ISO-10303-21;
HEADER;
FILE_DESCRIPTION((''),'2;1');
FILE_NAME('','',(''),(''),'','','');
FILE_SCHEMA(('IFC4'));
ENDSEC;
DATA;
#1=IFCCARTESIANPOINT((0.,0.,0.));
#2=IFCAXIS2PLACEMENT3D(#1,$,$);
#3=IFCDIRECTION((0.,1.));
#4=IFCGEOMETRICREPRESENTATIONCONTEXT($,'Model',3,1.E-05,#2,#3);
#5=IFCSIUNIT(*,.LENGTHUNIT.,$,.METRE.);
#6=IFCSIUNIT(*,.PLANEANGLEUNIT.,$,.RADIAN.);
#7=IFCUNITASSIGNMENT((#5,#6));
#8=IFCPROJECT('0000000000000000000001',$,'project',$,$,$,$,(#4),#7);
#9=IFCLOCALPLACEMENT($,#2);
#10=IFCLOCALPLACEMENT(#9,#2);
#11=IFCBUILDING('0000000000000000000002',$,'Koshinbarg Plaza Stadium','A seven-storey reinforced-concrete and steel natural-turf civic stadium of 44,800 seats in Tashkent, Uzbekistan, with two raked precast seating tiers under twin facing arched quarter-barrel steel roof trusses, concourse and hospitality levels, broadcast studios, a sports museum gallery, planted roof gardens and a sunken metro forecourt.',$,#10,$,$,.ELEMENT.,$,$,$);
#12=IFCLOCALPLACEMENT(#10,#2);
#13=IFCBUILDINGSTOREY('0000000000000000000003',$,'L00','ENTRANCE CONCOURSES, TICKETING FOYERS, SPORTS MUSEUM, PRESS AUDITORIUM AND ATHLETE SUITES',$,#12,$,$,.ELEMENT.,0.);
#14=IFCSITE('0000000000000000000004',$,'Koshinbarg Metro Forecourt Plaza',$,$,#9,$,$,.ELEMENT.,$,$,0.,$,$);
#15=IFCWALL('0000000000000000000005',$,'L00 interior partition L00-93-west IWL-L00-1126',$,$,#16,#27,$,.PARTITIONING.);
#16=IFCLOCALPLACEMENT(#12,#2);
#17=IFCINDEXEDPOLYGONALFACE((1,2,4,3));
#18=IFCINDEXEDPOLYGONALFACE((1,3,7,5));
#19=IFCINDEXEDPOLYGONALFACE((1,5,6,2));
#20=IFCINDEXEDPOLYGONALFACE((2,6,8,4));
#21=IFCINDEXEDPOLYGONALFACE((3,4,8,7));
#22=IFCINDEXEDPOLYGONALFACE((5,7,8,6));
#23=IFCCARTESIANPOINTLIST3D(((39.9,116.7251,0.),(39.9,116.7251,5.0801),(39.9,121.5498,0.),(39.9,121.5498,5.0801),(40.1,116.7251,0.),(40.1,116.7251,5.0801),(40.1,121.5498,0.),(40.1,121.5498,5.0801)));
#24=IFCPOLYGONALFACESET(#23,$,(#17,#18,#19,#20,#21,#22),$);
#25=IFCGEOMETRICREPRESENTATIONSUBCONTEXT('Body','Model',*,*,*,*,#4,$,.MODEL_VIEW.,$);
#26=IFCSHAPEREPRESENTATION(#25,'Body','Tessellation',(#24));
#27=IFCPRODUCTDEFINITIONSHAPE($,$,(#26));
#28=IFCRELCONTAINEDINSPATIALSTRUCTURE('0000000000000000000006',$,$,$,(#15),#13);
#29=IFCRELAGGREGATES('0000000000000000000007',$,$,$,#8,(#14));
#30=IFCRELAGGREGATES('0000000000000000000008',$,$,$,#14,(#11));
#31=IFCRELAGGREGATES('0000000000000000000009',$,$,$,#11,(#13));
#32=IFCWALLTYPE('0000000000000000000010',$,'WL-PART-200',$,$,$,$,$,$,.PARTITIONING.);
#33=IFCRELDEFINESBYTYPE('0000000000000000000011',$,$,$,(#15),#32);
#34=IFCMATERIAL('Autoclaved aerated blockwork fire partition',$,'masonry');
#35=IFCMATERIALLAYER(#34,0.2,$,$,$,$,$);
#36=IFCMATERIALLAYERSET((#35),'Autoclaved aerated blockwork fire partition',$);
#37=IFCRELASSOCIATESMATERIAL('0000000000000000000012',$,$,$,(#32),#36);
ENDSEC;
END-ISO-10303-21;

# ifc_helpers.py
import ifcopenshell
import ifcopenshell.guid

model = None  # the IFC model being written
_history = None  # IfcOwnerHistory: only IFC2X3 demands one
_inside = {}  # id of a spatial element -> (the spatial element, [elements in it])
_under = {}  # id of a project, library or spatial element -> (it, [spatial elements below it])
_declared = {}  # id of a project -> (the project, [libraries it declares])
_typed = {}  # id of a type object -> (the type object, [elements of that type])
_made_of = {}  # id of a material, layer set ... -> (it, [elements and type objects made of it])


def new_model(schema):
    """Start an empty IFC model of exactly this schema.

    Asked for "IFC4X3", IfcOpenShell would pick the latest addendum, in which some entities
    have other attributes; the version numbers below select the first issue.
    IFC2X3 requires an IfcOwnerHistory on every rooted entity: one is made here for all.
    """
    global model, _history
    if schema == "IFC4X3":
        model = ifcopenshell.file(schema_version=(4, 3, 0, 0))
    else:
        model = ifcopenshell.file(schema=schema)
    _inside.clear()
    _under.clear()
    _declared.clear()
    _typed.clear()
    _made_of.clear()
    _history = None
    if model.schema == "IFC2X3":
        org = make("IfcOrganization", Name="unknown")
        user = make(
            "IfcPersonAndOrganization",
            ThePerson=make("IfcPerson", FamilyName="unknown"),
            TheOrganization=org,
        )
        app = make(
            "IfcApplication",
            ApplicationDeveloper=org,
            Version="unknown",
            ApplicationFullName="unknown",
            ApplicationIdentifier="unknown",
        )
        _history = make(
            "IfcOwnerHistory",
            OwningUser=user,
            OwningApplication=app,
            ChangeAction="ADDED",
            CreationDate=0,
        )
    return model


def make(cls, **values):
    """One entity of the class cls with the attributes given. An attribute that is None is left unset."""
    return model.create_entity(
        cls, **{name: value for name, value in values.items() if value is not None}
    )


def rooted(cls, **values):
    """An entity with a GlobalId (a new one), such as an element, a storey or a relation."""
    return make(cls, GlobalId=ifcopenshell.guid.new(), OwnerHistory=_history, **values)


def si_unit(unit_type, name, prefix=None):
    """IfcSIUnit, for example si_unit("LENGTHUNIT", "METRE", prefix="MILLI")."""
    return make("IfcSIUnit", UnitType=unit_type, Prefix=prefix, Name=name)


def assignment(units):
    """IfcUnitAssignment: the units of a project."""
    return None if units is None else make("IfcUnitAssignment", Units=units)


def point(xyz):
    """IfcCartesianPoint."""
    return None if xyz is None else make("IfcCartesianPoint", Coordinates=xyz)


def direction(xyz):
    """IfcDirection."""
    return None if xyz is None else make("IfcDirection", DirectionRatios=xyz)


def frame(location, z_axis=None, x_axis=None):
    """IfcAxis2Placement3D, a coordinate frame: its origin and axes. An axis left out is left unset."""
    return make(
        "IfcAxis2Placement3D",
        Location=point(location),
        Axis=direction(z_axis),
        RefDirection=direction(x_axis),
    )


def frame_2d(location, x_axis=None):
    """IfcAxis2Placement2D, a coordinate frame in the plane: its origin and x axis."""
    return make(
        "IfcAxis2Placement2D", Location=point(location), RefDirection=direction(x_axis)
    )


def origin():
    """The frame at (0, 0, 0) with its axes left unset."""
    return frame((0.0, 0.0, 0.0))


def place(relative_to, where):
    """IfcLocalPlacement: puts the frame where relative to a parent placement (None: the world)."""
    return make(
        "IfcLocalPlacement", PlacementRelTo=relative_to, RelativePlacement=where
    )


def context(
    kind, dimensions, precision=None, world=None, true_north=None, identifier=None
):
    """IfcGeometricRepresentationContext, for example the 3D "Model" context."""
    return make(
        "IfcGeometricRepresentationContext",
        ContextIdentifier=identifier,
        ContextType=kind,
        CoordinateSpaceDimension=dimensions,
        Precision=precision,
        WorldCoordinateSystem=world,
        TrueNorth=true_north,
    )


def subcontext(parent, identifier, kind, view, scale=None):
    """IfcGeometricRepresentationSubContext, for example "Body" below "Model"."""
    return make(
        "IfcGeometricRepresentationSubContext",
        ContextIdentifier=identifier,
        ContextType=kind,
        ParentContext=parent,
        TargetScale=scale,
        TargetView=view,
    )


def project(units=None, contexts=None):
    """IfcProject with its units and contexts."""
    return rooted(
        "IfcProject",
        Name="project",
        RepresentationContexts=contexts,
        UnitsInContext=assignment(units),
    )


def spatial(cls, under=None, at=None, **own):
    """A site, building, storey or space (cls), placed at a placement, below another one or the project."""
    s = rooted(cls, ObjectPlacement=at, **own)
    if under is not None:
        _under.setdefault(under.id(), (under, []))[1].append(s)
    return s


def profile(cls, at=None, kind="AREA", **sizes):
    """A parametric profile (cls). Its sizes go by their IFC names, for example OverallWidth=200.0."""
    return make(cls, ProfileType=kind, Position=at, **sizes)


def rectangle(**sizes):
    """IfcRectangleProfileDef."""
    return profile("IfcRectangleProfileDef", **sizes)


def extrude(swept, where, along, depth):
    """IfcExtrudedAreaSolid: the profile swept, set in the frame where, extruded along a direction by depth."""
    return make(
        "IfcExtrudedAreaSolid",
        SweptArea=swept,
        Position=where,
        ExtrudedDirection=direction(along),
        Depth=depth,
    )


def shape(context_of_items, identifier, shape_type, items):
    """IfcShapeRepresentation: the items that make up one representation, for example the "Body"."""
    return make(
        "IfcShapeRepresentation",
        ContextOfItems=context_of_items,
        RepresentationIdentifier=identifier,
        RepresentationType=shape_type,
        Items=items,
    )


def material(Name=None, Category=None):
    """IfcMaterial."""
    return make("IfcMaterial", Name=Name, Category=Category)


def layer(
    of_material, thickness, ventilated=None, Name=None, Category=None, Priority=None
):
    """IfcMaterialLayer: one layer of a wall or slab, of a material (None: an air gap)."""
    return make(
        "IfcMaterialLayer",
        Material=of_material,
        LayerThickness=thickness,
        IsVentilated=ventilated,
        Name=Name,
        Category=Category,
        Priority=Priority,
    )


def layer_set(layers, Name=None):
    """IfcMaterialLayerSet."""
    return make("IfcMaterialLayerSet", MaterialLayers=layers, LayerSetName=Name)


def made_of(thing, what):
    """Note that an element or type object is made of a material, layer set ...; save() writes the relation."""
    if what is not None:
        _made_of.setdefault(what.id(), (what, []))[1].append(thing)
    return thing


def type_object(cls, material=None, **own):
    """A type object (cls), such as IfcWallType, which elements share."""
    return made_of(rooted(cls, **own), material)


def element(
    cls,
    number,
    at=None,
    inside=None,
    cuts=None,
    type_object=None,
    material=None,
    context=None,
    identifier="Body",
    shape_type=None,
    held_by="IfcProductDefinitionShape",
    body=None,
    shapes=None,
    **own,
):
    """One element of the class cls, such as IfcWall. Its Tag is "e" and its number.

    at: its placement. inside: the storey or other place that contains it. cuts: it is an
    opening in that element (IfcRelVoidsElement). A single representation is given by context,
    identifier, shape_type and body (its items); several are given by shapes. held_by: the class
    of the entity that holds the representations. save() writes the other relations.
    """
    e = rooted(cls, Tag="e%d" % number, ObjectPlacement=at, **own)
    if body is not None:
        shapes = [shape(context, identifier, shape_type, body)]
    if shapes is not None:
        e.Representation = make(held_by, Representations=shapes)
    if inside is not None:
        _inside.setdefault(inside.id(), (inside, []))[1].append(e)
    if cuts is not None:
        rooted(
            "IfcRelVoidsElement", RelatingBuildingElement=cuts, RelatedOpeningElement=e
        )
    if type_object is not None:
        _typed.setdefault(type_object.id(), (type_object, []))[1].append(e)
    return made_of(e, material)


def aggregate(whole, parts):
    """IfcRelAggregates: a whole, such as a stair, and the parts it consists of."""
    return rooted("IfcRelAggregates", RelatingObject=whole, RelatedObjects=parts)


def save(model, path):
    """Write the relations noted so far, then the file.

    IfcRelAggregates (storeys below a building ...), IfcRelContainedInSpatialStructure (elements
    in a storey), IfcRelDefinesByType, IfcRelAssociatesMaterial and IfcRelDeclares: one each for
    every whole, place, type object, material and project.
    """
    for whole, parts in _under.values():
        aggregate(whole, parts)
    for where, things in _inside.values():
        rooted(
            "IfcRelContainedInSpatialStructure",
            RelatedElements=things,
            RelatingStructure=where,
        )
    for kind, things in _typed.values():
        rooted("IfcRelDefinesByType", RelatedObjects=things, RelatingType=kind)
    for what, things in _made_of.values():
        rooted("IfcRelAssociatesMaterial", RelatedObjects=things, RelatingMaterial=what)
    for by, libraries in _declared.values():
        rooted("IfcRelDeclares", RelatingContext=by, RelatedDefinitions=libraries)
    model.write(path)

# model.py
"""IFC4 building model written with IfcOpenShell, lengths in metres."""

from ifc_helpers import new_model, si_unit, direction, frame, frame_2d, origin, place, context, subcontext, project, spatial, rectangle, extrude, material, layer, layer_set, type_object, element, save


model = new_model("IFC4")

# Units and contexts
model_context = context("Model", 3, precision=1e-05, world=origin(), true_north=direction((0.0, 1.0)))
body_context = subcontext(model_context, "Body", "Model", "MODEL_VIEW")
ifc_project = project(units=[si_unit("LENGTHUNIT", "METRE"), si_unit("PLANEANGLEUNIT", "RADIAN")], contexts=[model_context])

# Site, building, storey
site_placement = place(None, origin())
site = spatial("IfcSite", under=ifc_project, at=site_placement, Name="Koshinbarg Metro Forecourt Plaza", CompositionType="ELEMENT", RefElevation=0.0)
building_placement = place(site_placement, origin())
building = spatial("IfcBuilding", under=site, at=building_placement, Name="Koshinbarg Plaza Stadium", Description="A seven-storey reinforced-concrete and steel natural-turf civic stadium of 44,800 seats in Tashkent, Uzbekistan, with two raked precast seating tiers under twin facing arched quarter-barrel steel roof trusses, concourse and hospitality levels, broadcast studios, a sports museum gallery, planted roof gardens and a sunken metro forecourt.", CompositionType="ELEMENT")
storey_placement = place(building_placement, origin())
storey = spatial("IfcBuildingStorey", under=building, at=storey_placement, Name="L00", Description="ENTRANCE CONCOURSES, TICKETING FOYERS, SPORTS MUSEUM, PRESS AUDITORIUM AND ATHLETE SUITES", CompositionType="ELEMENT", Elevation=0.0)

# Shared definitions
ifc_material_1 = material(Name="Autoclaved aerated blockwork fire partition", Category="masonry")
ifc_layer_1 = layer(ifc_material_1, 0.2)
ifc_layer_set_1 = layer_set([ifc_layer_1], Name="Autoclaved aerated blockwork fire partition")
wall_type_1 = type_object("IfcWallType", Name="WL-PART-200", PredefinedType="PARTITIONING", material=ifc_layer_set_1)

# Wall
wall_1_placement = place(storey_placement, frame((40.0, 121.5498, 0.0), z_axis=(0.0, 0.0, 1.0), x_axis=(0.0, -1.0, 0.0)))
element("IfcWall", 1, at=wall_1_placement, inside=storey, type_object=wall_type_1, Name="L00 interior partition L00-93-west IWL-L00-1126", PredefinedType="PARTITIONING", context=body_context, shape_type="SweptSolid", body=[
    extrude(rectangle(XDim=4.8247, YDim=0.2, at=frame_2d((2.4124, 0.0))), origin(), (0.0, 0.0, 1.0), 5.0801),
])

save(model, "model.ifc")
